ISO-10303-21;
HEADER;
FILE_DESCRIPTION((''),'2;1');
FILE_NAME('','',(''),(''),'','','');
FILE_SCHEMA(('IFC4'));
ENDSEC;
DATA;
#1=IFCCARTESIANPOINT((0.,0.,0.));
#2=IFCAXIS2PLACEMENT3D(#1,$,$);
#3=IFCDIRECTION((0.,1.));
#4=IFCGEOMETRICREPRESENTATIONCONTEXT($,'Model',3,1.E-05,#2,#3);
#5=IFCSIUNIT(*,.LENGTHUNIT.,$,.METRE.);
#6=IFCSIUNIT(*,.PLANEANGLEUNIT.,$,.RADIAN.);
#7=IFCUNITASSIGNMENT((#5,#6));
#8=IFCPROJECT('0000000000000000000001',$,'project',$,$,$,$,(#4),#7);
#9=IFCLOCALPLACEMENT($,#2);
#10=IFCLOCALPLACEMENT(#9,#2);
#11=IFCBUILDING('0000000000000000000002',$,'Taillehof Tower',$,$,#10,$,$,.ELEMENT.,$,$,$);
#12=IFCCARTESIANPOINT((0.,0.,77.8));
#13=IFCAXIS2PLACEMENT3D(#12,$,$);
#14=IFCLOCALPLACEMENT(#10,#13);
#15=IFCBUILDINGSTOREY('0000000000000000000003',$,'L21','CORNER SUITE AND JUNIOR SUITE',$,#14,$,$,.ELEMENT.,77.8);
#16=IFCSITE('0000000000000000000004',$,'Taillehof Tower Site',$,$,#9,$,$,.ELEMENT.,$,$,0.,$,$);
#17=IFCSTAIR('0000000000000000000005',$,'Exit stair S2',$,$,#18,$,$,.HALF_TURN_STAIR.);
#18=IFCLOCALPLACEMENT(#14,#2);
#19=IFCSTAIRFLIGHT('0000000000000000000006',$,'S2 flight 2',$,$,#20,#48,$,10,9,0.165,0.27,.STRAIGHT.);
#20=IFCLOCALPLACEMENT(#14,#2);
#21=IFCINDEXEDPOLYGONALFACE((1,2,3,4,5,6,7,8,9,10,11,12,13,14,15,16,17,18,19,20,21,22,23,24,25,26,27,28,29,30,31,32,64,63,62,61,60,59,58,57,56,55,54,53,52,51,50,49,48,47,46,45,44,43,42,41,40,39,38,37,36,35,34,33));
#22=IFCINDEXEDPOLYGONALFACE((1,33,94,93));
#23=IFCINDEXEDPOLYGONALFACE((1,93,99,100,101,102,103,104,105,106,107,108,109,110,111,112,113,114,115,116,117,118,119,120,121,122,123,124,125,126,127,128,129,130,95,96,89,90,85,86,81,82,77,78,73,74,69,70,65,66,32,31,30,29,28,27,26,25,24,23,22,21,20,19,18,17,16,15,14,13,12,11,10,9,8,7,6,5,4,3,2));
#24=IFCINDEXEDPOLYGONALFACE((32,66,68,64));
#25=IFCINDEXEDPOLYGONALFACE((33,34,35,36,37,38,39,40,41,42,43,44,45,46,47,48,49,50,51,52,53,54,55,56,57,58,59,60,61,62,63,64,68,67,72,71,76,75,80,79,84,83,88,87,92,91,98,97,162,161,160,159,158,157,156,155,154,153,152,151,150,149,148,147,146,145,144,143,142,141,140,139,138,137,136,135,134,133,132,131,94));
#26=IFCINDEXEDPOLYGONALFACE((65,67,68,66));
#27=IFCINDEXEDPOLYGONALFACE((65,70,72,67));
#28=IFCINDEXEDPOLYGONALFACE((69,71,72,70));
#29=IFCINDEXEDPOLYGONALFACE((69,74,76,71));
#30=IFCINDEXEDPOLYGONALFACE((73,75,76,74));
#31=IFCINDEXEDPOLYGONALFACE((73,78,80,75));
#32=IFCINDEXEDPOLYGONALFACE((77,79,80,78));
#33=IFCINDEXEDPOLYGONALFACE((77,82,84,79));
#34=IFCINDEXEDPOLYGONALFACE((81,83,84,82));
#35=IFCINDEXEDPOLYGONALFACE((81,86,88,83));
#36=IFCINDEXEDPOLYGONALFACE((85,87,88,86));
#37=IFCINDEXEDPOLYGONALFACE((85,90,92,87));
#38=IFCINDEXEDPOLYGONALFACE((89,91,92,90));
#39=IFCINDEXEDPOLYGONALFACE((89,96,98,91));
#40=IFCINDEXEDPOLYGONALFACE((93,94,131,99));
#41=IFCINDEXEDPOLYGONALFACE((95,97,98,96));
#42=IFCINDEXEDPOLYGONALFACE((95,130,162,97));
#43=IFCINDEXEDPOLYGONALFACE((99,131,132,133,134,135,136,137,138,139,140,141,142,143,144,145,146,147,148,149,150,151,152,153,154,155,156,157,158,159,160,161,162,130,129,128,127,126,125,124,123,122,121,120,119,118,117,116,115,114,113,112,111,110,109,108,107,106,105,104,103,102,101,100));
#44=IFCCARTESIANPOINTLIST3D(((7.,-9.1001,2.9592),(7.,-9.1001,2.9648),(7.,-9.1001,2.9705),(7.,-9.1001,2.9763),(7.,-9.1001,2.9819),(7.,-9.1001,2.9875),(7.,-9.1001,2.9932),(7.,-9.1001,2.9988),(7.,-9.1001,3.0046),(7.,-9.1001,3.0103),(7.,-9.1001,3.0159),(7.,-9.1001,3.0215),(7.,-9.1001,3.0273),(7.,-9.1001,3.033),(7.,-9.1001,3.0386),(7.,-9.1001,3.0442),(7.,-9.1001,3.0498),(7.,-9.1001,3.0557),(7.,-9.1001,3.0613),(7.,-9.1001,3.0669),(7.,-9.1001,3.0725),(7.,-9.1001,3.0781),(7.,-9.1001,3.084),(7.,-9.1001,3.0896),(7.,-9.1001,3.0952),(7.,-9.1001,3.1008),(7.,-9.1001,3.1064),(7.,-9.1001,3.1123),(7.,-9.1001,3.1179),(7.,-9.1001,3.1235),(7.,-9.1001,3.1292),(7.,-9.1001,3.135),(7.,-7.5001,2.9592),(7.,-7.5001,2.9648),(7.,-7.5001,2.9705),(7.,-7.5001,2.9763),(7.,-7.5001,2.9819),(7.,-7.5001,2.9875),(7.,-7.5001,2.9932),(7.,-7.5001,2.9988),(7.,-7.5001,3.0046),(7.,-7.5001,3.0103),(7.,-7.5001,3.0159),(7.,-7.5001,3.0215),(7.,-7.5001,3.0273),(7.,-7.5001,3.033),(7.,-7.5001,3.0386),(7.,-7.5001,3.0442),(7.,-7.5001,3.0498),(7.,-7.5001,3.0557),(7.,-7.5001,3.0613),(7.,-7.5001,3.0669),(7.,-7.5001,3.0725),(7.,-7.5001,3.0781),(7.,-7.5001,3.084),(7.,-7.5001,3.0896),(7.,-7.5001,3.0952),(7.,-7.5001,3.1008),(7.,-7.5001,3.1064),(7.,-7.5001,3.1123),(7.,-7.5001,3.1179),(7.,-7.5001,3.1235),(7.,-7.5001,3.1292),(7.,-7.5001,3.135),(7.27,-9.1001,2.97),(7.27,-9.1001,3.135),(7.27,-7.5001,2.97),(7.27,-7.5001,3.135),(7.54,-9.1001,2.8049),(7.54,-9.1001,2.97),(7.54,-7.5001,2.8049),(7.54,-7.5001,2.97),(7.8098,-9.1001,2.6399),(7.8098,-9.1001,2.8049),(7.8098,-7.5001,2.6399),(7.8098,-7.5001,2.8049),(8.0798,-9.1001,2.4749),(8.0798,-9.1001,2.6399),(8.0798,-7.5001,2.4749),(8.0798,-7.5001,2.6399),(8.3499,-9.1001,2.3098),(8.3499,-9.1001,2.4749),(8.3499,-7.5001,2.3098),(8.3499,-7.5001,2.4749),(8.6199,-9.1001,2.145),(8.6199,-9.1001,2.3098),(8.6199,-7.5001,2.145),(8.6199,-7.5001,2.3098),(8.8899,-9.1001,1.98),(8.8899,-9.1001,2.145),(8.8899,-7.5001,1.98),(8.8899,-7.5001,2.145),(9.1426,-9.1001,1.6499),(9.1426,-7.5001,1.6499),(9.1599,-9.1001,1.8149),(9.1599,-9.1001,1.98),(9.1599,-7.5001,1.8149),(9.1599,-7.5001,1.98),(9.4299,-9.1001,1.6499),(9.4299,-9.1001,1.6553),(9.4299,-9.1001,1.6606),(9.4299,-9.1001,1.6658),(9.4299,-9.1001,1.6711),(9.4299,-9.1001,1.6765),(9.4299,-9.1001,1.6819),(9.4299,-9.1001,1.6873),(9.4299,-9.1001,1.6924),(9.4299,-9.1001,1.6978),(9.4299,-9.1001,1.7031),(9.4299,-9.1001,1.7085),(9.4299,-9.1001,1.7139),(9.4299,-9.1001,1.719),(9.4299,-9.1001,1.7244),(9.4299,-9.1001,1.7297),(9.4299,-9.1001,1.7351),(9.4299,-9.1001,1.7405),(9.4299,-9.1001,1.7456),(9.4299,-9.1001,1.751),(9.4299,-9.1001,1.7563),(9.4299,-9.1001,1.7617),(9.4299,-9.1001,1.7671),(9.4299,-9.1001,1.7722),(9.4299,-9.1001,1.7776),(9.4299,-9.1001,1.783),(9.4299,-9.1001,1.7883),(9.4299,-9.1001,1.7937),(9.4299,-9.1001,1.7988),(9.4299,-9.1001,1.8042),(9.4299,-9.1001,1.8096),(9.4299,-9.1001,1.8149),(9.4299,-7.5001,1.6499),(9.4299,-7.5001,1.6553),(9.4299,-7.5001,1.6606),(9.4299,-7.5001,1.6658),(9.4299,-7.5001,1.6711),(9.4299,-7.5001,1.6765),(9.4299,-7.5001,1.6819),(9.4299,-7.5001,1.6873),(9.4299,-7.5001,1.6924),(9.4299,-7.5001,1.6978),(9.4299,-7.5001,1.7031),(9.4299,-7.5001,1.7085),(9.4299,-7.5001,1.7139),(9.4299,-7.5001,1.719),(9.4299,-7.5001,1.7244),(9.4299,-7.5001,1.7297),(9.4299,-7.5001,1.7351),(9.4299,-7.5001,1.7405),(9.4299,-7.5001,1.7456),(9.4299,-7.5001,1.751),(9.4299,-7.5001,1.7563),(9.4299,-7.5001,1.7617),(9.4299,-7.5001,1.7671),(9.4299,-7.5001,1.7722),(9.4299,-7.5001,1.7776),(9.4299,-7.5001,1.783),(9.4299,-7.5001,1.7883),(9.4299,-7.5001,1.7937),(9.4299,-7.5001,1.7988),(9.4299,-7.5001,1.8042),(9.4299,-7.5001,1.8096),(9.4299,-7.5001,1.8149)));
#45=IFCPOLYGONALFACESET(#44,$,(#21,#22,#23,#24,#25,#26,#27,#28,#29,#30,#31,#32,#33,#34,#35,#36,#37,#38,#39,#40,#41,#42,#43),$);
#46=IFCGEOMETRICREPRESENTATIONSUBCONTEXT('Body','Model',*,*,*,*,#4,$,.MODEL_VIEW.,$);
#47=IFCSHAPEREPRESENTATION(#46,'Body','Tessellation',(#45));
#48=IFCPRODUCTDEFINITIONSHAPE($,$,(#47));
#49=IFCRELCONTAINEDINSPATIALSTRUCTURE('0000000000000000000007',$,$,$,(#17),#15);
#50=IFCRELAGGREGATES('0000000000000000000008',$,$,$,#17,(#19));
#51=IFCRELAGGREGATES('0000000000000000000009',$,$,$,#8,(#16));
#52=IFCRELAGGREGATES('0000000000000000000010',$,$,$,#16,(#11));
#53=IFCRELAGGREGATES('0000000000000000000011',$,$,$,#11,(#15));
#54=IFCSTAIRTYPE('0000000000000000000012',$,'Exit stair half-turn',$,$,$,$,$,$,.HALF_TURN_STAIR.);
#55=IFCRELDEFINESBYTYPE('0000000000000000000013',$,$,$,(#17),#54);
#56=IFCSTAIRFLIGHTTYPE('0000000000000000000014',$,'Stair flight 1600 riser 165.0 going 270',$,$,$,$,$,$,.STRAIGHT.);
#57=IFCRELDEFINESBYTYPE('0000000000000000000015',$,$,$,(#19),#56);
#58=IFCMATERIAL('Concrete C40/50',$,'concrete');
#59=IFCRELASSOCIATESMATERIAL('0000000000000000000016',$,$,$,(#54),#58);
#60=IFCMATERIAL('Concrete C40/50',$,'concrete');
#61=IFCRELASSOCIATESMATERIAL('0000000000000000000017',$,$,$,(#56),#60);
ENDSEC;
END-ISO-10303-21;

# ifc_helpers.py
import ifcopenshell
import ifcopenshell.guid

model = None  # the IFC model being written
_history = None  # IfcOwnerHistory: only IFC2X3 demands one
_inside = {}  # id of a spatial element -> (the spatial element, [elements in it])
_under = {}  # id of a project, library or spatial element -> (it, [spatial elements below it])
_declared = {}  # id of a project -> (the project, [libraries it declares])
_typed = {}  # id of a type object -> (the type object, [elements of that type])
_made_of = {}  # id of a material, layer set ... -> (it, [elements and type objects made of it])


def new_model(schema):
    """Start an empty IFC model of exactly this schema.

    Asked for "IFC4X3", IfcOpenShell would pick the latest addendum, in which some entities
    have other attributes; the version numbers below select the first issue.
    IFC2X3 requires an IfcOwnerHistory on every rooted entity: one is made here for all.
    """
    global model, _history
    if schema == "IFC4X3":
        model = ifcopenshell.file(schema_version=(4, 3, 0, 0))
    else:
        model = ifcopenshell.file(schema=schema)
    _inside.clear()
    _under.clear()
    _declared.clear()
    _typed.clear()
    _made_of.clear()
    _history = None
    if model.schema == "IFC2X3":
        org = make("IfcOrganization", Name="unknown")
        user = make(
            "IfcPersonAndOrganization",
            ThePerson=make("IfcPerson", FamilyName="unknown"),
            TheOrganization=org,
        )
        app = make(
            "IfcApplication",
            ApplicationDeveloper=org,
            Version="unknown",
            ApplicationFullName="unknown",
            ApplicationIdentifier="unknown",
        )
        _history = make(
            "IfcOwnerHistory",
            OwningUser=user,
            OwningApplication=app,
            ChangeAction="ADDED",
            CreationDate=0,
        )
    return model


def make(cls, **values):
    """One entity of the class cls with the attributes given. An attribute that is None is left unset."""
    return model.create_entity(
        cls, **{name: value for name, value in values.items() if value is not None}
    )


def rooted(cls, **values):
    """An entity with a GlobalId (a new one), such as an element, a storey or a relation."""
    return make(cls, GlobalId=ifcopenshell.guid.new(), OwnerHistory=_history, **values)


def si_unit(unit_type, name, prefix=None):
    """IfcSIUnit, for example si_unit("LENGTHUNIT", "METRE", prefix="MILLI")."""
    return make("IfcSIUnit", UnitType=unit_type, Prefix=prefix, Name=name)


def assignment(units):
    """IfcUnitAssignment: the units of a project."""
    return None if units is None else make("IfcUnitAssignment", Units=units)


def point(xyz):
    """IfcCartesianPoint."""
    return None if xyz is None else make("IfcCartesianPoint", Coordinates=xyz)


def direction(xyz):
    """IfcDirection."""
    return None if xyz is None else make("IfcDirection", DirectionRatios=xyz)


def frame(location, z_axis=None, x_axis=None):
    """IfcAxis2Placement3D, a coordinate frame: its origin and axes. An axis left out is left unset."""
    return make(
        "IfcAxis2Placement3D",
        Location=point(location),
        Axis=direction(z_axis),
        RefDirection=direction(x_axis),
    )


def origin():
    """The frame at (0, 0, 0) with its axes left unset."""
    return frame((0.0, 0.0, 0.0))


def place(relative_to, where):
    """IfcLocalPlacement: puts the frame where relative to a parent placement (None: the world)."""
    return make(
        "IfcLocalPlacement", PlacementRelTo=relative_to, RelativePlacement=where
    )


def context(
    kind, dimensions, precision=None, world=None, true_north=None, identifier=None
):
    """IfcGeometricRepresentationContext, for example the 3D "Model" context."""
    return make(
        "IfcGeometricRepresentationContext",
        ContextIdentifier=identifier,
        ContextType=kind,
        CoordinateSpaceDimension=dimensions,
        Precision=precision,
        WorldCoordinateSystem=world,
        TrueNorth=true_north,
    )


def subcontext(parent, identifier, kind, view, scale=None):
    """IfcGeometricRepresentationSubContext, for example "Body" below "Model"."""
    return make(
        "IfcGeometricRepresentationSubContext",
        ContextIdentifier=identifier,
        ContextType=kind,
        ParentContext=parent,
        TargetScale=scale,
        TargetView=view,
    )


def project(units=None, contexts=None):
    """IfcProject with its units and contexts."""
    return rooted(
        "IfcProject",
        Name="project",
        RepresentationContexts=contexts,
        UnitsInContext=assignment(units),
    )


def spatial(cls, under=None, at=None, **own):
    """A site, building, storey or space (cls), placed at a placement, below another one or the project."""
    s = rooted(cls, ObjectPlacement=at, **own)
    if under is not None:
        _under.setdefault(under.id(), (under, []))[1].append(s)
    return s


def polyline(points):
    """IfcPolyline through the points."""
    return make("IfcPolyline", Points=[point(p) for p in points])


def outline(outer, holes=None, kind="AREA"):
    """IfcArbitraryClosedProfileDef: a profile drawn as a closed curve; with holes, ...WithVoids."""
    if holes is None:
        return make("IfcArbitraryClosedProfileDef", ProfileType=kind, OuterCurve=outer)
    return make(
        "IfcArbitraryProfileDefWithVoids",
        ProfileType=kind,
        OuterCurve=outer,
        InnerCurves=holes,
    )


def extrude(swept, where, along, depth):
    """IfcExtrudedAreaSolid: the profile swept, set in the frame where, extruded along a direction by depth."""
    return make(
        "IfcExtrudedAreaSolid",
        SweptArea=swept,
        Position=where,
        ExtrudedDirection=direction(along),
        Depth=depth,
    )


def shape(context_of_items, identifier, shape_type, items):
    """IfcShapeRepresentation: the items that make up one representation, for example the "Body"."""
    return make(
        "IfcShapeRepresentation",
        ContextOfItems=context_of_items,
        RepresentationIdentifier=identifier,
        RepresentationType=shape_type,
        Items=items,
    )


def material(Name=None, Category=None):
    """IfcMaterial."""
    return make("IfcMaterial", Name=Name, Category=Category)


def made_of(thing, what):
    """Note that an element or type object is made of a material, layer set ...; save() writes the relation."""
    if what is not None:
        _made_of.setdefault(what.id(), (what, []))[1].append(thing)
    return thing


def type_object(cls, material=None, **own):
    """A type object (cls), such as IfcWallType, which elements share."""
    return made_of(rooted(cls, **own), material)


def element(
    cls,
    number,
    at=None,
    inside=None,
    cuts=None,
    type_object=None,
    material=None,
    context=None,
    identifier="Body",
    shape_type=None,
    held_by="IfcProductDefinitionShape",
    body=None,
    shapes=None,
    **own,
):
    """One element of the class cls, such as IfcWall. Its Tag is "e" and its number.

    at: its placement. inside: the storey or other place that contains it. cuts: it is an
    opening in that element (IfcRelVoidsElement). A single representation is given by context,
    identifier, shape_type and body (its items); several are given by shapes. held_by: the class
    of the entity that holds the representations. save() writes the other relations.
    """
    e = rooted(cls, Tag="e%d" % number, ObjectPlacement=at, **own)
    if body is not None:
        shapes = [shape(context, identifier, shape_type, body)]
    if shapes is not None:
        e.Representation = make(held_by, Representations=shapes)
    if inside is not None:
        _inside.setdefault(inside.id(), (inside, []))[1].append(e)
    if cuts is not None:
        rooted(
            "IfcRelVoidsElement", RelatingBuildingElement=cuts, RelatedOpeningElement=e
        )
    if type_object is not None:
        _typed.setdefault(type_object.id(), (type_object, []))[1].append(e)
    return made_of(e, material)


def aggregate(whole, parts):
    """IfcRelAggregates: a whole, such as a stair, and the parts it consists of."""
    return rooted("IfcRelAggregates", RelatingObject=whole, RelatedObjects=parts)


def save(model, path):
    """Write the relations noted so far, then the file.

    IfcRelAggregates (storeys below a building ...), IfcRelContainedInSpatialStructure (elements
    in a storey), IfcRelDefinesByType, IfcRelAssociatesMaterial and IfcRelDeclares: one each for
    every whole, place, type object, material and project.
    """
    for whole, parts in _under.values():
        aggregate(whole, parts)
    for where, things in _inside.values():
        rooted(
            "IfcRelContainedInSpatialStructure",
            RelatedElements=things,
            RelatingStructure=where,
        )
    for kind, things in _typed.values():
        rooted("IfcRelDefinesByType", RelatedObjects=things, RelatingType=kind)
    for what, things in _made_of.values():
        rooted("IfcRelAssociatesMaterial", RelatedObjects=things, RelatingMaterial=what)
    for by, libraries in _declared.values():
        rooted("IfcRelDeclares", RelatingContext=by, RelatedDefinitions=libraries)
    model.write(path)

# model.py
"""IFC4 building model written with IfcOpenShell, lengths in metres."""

from ifc_helpers import new_model, si_unit, direction, frame, origin, place, context, subcontext, project, spatial, polyline, outline, extrude, material, type_object, element, aggregate, save


model = new_model("IFC4")

# Units and contexts
model_context = context("Model", 3, precision=1e-05, world=origin(), true_north=direction((0.0, 1.0)))
body_context = subcontext(model_context, "Body", "Model", "MODEL_VIEW")
ifc_project = project(units=[si_unit("LENGTHUNIT", "METRE"), si_unit("PLANEANGLEUNIT", "RADIAN")], contexts=[model_context])

# Site, building, storey
site_placement = place(None, origin())
site = spatial("IfcSite", under=ifc_project, at=site_placement, Name="Taillehof Tower Site", CompositionType="ELEMENT", RefElevation=0.0)
building_placement = place(site_placement, origin())
building = spatial("IfcBuilding", under=site, at=building_placement, Name="Taillehof Tower", CompositionType="ELEMENT")
storey_placement = place(building_placement, frame((0.0, 0.0, 77.8)))
storey = spatial("IfcBuildingStorey", under=building, at=storey_placement, Name="L21", Description="CORNER SUITE AND JUNIOR SUITE", CompositionType="ELEMENT", Elevation=77.8)

# Stair, stair flight
ifc_material_1 = material(Name="Concrete C40/50", Category="concrete")
stair_type = type_object("IfcStairType", Name="Exit stair half-turn", PredefinedType="HALF_TURN_STAIR", material=ifc_material_1)
stair_placement = place(storey_placement, origin())
stair = element("IfcStair", 1, at=stair_placement, inside=storey, type_object=stair_type, Name="Exit stair S2", PredefinedType="HALF_TURN_STAIR")
ifc_material_2 = material(Name="Concrete C40/50", Category="concrete")
stair_flight_type = type_object("IfcStairFlightType", Name="Stair flight 1600 riser 165.0 going 270", PredefinedType="STRAIGHT", material=ifc_material_2)
stair_flight_1_placement = place(storey_placement, frame((9.4299, -8.3, 1.6499), z_axis=(0.0, 0.0, 1.0), x_axis=(-1.0, 0.0, 0.0)))
stair_flight_1 = element("IfcStairFlight", 2, at=stair_flight_1_placement, type_object=stair_flight_type, Name="S2 flight 2", NumberOfRisers=10, NumberOfTreads=9, PredefinedType="STRAIGHT", RiserHeight=0.165, TreadLength=0.27, context=body_context, shape_type="SweptSolid", body=[
    extrude(outline(polyline([(0.0, 0.0), (0.0, 0.0054), (0.0, 0.0107), (0.0, 0.0159), (0.0, 0.0212), (0.0, 0.0266), (0.0, 0.032), (0.0, 0.0374), (0.0, 0.0425), (0.0, 0.0479), (0.0, 0.0532), (0.0, 0.0586), (0.0, 0.064), (0.0, 0.0691), (0.0, 0.0745), (0.0, 0.0798), (0.0, 0.0852), (0.0, 0.0906), (0.0, 0.0957), (0.0, 0.1011), (0.0, 0.1064), (0.0, 0.1118), (0.0, 0.1172), (0.0, 0.1223), (0.0, 0.1277), (0.0, 0.1331), (0.0, 0.1384), (0.0, 0.1438), (0.0, 0.1489), (0.0, 0.1543), (0.0, 0.1597), (0.0, 0.165), (0.27, 0.165), (0.27, 0.3301), (0.54, 0.3301), (0.54, 0.4951), (0.8101, 0.4951), (0.8101, 0.6599), (1.0801, 0.6599), (1.0801, 0.825), (1.3501, 0.825), (1.3501, 0.99), (1.6201, 0.99), (1.6201, 1.155), (1.8899, 1.155), (1.8899, 1.3201), (2.1599, 1.3201), (2.1599, 1.4851), (2.4299, 1.4851), (2.4299, 1.4792), (2.4299, 1.4736), (2.4299, 1.468), (2.4299, 1.4624), (2.4299, 1.4565), (2.4299, 1.4509), (2.4299, 1.4453), (2.4299, 1.4397), (2.4299, 1.4341), (2.4299, 1.4282), (2.4299, 1.4226), (2.4299, 1.417), (2.4299, 1.4114), (2.4299, 1.4058), (2.4299, 1.3999), (2.4299, 1.3943), (2.4299, 1.3887), (2.4299, 1.3831), (2.4299, 1.3774), (2.4299, 1.3716), (2.4299, 1.366), (2.4299, 1.3604), (2.4299, 1.3547), (2.4299, 1.3489), (2.4299, 1.3433), (2.4299, 1.3376), (2.4299, 1.332), (2.4299, 1.3264), (2.4299, 1.3206), (2.4299, 1.3149), (2.4299, 1.3093), (0.2874, 0.0), (0.0, 0.0)])), frame((0.0, 0.8, 0.0), z_axis=(0.0, -1.0, 0.0), x_axis=(1.0, 0.0, 0.0)), (0.0, 0.0, 1.0), 1.6),
])
aggregate(stair, [stair_flight_1])

save(model, "model.ifc")
